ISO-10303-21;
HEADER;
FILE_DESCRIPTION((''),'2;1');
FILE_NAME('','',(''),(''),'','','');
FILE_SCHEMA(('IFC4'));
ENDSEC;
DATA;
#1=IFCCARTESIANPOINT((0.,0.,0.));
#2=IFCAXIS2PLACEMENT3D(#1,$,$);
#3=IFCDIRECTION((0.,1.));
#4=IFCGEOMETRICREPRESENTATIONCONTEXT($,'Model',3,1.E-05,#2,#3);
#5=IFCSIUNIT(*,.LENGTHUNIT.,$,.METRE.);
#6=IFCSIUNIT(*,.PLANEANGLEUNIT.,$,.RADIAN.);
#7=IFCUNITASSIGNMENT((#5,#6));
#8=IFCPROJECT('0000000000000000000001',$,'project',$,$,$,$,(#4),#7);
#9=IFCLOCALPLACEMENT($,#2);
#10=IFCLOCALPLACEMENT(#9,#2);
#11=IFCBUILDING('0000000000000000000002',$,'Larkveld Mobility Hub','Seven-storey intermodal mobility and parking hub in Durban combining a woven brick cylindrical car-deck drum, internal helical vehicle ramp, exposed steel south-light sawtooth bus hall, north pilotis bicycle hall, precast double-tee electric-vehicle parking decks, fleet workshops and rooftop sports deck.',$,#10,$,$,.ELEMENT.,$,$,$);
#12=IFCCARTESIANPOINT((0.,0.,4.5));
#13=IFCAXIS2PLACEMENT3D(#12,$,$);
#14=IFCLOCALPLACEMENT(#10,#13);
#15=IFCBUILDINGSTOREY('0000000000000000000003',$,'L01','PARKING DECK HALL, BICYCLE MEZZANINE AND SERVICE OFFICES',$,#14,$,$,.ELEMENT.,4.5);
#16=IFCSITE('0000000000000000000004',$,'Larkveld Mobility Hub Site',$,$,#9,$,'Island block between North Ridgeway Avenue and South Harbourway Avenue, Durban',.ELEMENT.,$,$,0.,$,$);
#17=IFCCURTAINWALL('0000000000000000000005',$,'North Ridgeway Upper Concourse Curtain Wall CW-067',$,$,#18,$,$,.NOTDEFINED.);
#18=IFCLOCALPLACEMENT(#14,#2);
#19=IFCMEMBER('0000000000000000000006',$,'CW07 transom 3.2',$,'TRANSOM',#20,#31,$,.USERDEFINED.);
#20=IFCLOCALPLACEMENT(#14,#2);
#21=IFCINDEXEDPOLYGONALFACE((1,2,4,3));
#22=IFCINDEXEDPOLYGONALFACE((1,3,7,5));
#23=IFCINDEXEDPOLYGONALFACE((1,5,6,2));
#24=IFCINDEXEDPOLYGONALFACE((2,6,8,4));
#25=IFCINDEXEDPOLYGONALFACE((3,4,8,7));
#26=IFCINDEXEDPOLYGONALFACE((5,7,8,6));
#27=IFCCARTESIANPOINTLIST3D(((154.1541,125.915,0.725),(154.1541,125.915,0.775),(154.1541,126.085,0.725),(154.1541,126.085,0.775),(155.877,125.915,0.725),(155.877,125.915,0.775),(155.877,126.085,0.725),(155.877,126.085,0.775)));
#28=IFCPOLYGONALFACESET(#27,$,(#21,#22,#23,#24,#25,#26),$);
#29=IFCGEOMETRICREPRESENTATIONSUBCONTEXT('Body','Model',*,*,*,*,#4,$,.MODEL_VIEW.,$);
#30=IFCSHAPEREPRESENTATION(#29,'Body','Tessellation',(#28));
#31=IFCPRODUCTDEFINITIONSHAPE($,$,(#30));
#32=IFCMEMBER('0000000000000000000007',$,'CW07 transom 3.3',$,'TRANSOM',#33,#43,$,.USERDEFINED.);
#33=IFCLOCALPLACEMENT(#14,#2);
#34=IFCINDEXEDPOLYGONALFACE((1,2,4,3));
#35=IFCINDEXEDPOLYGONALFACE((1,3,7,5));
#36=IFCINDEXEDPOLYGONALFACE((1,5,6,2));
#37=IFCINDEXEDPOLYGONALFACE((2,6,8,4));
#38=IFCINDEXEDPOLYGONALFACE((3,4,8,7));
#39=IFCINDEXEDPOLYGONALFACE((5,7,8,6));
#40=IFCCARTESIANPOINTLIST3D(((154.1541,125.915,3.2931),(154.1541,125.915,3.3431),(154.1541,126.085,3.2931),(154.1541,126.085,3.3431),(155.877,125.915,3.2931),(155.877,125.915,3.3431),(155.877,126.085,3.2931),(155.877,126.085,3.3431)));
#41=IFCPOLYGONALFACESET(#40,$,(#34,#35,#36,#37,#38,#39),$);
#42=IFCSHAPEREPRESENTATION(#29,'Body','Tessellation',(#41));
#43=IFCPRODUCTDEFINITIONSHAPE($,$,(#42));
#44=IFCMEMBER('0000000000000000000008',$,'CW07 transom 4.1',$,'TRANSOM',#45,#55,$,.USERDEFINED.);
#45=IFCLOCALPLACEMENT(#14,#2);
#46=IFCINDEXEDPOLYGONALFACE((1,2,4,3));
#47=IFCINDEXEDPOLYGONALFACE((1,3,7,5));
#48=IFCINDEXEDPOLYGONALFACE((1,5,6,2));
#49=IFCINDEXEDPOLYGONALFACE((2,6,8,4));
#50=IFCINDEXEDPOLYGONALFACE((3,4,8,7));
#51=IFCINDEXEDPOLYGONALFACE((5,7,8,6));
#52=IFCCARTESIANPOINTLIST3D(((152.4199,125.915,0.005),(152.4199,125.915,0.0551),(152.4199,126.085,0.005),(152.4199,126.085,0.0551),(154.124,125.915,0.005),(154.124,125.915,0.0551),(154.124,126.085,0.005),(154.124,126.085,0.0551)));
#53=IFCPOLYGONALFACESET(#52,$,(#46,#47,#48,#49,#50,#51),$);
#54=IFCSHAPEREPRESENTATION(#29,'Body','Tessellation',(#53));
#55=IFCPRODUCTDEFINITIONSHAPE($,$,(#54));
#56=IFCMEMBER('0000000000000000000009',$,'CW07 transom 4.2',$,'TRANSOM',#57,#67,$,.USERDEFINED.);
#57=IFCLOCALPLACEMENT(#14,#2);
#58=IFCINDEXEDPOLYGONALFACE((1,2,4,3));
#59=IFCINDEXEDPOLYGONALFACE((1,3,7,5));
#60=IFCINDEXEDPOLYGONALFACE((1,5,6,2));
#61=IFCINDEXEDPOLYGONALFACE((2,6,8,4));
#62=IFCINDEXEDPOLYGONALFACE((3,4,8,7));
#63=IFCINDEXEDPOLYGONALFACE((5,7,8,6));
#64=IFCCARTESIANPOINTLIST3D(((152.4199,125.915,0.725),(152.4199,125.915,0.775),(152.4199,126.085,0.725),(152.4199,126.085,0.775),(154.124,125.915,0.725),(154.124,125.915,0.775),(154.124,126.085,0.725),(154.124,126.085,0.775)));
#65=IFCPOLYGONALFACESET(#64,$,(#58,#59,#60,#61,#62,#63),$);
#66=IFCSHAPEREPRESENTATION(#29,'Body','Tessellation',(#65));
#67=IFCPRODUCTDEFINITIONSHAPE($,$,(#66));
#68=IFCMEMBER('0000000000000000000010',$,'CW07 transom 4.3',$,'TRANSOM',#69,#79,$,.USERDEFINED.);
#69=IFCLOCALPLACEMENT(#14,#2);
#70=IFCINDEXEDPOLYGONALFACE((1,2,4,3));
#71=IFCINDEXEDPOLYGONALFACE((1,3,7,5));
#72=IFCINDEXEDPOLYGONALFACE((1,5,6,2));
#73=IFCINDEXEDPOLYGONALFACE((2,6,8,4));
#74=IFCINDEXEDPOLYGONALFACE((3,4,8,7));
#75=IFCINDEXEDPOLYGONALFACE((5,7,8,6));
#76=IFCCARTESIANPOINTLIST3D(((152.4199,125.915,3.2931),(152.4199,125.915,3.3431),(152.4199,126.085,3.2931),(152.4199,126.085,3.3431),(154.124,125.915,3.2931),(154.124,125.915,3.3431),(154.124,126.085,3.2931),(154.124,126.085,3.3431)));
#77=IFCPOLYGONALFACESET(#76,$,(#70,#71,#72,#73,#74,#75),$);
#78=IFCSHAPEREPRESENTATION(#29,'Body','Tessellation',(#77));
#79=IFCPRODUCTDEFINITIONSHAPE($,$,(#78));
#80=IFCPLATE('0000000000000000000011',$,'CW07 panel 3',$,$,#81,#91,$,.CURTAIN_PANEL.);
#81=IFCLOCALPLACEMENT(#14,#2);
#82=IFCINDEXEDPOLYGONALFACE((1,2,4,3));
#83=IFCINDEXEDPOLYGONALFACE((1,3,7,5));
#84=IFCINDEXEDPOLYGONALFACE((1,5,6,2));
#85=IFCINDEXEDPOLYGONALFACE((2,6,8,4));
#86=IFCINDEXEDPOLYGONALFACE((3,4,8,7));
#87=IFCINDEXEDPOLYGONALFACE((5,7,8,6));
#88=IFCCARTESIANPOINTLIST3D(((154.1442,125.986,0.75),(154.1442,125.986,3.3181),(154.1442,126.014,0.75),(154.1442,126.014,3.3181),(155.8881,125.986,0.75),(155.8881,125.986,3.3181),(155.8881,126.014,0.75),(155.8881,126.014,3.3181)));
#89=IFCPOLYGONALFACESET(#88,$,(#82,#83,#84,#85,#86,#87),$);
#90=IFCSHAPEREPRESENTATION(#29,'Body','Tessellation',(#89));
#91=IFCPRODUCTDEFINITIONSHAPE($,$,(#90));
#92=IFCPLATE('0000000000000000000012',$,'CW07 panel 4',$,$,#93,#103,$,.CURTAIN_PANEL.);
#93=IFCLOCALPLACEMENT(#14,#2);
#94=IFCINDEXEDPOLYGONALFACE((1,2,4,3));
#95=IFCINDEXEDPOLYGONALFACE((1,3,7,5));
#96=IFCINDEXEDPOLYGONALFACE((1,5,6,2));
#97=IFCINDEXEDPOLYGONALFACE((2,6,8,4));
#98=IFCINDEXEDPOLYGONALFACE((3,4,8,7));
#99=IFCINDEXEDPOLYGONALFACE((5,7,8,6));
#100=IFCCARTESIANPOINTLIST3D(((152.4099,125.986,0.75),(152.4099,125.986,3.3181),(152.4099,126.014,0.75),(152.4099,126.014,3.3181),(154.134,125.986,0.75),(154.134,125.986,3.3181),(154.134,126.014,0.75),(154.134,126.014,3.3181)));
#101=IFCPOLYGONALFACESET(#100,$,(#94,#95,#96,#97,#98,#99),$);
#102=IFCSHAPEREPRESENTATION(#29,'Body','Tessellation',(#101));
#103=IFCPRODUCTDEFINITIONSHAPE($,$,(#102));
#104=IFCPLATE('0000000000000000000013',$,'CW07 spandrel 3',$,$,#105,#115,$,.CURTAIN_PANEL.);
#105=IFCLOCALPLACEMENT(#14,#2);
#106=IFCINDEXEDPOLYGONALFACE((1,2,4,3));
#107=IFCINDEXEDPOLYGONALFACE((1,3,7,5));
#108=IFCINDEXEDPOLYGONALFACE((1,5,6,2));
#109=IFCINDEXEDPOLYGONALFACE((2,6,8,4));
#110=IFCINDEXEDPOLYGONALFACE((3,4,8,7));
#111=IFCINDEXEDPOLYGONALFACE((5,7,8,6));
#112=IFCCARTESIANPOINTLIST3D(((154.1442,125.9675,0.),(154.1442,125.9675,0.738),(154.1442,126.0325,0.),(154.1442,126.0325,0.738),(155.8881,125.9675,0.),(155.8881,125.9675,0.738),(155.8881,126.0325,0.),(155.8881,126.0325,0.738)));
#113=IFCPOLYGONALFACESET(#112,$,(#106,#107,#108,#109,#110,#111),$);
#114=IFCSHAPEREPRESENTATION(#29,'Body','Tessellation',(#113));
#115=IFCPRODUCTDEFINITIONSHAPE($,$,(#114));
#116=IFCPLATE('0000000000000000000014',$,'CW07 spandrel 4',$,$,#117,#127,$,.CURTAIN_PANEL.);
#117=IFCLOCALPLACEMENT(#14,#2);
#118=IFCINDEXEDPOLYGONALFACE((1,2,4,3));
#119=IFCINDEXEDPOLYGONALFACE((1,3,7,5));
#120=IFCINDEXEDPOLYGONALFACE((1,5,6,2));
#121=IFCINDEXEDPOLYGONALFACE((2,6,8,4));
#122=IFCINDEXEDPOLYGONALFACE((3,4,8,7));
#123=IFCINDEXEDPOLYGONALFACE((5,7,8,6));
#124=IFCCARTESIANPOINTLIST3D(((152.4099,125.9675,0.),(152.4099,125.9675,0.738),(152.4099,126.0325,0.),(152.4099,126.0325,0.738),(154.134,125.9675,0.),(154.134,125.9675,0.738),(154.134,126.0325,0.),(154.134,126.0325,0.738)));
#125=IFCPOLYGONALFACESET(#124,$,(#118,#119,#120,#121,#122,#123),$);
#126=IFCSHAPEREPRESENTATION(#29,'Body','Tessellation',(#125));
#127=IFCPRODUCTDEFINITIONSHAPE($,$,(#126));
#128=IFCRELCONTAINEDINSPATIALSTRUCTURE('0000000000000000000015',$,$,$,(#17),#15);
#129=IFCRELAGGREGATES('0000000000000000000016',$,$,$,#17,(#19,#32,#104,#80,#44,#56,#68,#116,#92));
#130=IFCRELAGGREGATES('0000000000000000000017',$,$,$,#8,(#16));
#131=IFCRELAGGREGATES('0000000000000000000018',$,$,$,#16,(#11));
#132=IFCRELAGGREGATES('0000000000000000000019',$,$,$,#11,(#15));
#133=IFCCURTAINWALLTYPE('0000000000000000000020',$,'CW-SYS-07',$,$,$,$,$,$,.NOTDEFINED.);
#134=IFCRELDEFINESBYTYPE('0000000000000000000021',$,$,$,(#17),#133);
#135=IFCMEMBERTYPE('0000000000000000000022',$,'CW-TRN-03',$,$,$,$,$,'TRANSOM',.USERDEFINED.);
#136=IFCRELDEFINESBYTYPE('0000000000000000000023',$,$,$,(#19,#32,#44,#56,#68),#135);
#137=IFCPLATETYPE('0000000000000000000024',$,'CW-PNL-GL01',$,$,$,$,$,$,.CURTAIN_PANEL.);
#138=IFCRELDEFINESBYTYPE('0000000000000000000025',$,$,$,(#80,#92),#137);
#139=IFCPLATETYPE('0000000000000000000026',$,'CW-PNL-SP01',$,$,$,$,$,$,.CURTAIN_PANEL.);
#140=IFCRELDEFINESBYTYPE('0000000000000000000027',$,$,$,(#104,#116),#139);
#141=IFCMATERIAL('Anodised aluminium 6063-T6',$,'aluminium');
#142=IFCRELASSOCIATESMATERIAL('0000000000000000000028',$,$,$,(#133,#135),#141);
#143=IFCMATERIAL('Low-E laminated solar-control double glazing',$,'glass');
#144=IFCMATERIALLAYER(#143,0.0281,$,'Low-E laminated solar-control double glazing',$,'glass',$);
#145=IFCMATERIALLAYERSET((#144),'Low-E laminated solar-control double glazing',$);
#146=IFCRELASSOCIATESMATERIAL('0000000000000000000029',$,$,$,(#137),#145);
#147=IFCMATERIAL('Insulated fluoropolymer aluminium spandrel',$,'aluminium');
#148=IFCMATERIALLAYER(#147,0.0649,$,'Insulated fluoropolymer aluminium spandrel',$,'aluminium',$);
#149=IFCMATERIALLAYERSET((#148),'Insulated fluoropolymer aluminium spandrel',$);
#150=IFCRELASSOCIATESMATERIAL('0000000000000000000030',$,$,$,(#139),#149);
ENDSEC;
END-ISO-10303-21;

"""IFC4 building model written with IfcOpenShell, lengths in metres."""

from ifc_helpers import new_model, si_unit, direction, frame, origin, origin_2d, place, context, subcontext, project, spatial, rectangle, extrude, material, layer, layer_set, material_profile, profile_set, type_object, element, aggregate, save


model = new_model("IFC4")

# Units and contexts
model_context = context("Model", 3, precision=1e-05, world=origin(), true_north=direction((0.0, 1.0)))
body_context = subcontext(model_context, "Body", "Model", "MODEL_VIEW")
ifc_project = project(units=[si_unit("LENGTHUNIT", "METRE"), si_unit("PLANEANGLEUNIT", "RADIAN")], contexts=[model_context])

# Site, building, storey
site_placement = place(None, origin())
site = spatial("IfcSite", under=ifc_project, at=site_placement, Name="Larkveld Mobility Hub Site", LongName="Island block between North Ridgeway Avenue and South Harbourway Avenue, Durban", CompositionType="ELEMENT", RefElevation=0.0)
building_placement = place(site_placement, origin())
building = spatial("IfcBuilding", under=site, at=building_placement, Name="Larkveld Mobility Hub", Description="Seven-storey intermodal mobility and parking hub in Durban combining a woven brick cylindrical car-deck drum, internal helical vehicle ramp, exposed steel south-light sawtooth bus hall, north pilotis bicycle hall, precast double-tee electric-vehicle parking decks, fleet workshops and rooftop sports deck.", CompositionType="ELEMENT")
storey_placement = place(building_placement, frame((0.0, 0.0, 4.5)))
storey = spatial("IfcBuildingStorey", under=building, at=storey_placement, Name="L01", Description="PARKING DECK HALL, BICYCLE MEZZANINE AND SERVICE OFFICES", CompositionType="ELEMENT", Elevation=4.5)

# Curtain wall, members, plates
ifc_material_1 = material(Name="Anodised aluminium 6063-T6", Category="aluminium")
curtain_wall_type = type_object("IfcCurtainWallType", Name="CW-SYS-07", PredefinedType="NOTDEFINED", material=ifc_material_1)
curtain_wall_placement = place(storey_placement, origin())
curtain_wall = element("IfcCurtainWall", 1, at=curtain_wall_placement, inside=storey, type_object=curtain_wall_type, Name="North Ridgeway Upper Concourse Curtain Wall CW-067", PredefinedType="NOTDEFINED")
ifc_material_profile_1 = material_profile(ifc_material_1, rectangle(XDim=0.1699, YDim=0.05, at=origin_2d()), Name="ALU TRAN 50x170")
ifc_profile_set_1 = profile_set([ifc_material_profile_1], Name="Anodised aluminium 6063-T6")
member_type_1 = type_object("IfcMemberType", Name="CW-TRN-03", ElementType="TRANSOM", PredefinedType="USERDEFINED", material=ifc_profile_set_1)
member_1_placement = place(storey_placement, frame((155.877, 126.0, 0.75), z_axis=(-1.0, 0.0, 0.0), x_axis=(0.0, -1.0, 0.0)))
member_1 = element("IfcMember", 2, at=member_1_placement, type_object=member_type_1, Name="CW07 transom 3.2", ObjectType="TRANSOM", PredefinedType="USERDEFINED", context=body_context, shape_type="SweptSolid", body=[
    extrude(rectangle(XDim=0.1699, YDim=0.05, at=origin_2d()), origin(), (0.0, 0.0, 1.0), 1.7229),
])
member_2_placement = place(storey_placement, frame((155.877, 126.0, 3.3181), z_axis=(-1.0, 0.0, 0.0), x_axis=(0.0, -1.0, 0.0)))
member_2 = element("IfcMember", 3, at=member_2_placement, type_object=member_type_1, Name="CW07 transom 3.3", ObjectType="TRANSOM", PredefinedType="USERDEFINED", context=body_context, shape_type="SweptSolid", body=[
    extrude(rectangle(XDim=0.1699, YDim=0.05, at=origin_2d()), origin(), (0.0, 0.0, 1.0), 1.7229),
])
member_3_placement = place(storey_placement, frame((154.124, 126.0, 0.03), z_axis=(-1.0, 0.0, 0.0), x_axis=(0.0, -1.0, 0.0)))
member_3 = element("IfcMember", 4, at=member_3_placement, type_object=member_type_1, Name="CW07 transom 4.1", ObjectType="TRANSOM", PredefinedType="USERDEFINED", context=body_context, shape_type="SweptSolid", body=[
    extrude(rectangle(XDim=0.1699, YDim=0.05, at=origin_2d()), origin(), (0.0, 0.0, 1.0), 1.7041),
])
member_4_placement = place(storey_placement, frame((154.124, 126.0, 0.75), z_axis=(-1.0, 0.0, 0.0), x_axis=(0.0, -1.0, 0.0)))
member_4 = element("IfcMember", 5, at=member_4_placement, type_object=member_type_1, Name="CW07 transom 4.2", ObjectType="TRANSOM", PredefinedType="USERDEFINED", context=body_context, shape_type="SweptSolid", body=[
    extrude(rectangle(XDim=0.1699, YDim=0.05, at=origin_2d()), origin(), (0.0, 0.0, 1.0), 1.7041),
])
member_5_placement = place(storey_placement, frame((154.124, 126.0, 3.3181), z_axis=(-1.0, 0.0, 0.0), x_axis=(0.0, -1.0, 0.0)))
member_5 = element("IfcMember", 6, at=member_5_placement, type_object=member_type_1, Name="CW07 transom 4.3", ObjectType="TRANSOM", PredefinedType="USERDEFINED", context=body_context, shape_type="SweptSolid", body=[
    extrude(rectangle(XDim=0.1699, YDim=0.05, at=origin_2d()), origin(), (0.0, 0.0, 1.0), 1.7041),
])
ifc_material_2 = material(Name="Low-E laminated solar-control double glazing", Category="glass")
ifc_layer_1 = layer(ifc_material_2, 0.0281, Name="Low-E laminated solar-control double glazing", Category="glass")
ifc_layer_set_1 = layer_set([ifc_layer_1], Name="Low-E laminated solar-control double glazing")
plate_type_1 = type_object("IfcPlateType", Name="CW-PNL-GL01", PredefinedType="CURTAIN_PANEL", material=ifc_layer_set_1)
plate_1_placement = place(storey_placement, frame((155.0161, 126.0, 0.75), z_axis=(0.0, 0.0, 1.0), x_axis=(-1.0, 0.0, 0.0)))
plate_1 = element("IfcPlate", 7, at=plate_1_placement, type_object=plate_type_1, Name="CW07 panel 3", PredefinedType="CURTAIN_PANEL", context=body_context, shape_type="SweptSolid", body=[
    extrude(rectangle(XDim=1.7439, YDim=0.0281, at=origin_2d()), origin(), (0.0, 0.0, 1.0), 2.5681),
])
plate_2_placement = place(storey_placement, frame((153.272, 126.0, 0.75), z_axis=(0.0, 0.0, 1.0), x_axis=(-1.0, 0.0, 0.0)))
plate_2 = element("IfcPlate", 8, at=plate_2_placement, type_object=plate_type_1, Name="CW07 panel 4", PredefinedType="CURTAIN_PANEL", context=body_context, shape_type="SweptSolid", body=[
    extrude(rectangle(XDim=1.7241, YDim=0.0281, at=origin_2d()), origin(), (0.0, 0.0, 1.0), 2.5681),
])
ifc_material_3 = material(Name="Insulated fluoropolymer aluminium spandrel", Category="aluminium")
ifc_layer_2 = layer(ifc_material_3, 0.0649, Name="Insulated fluoropolymer aluminium spandrel", Category="aluminium")
ifc_layer_set_2 = layer_set([ifc_layer_2], Name="Insulated fluoropolymer aluminium spandrel")
plate_type_2 = type_object("IfcPlateType", Name="CW-PNL-SP01", PredefinedType="CURTAIN_PANEL", material=ifc_layer_set_2)
plate_3_placement = place(storey_placement, frame((155.0161, 126.0, 0.0), z_axis=(0.0, 0.0, 1.0), x_axis=(-1.0, 0.0, 0.0)))
plate_3 = element("IfcPlate", 9, at=plate_3_placement, type_object=plate_type_2, Name="CW07 spandrel 3", PredefinedType="CURTAIN_PANEL", context=body_context, shape_type="SweptSolid", body=[
    extrude(rectangle(XDim=1.7439, YDim=0.0649, at=origin_2d()), origin(), (0.0, 0.0, 1.0), 0.738),
])
plate_4_placement = place(storey_placement, frame((153.272, 126.0, 0.0), z_axis=(0.0, 0.0, 1.0), x_axis=(-1.0, 0.0, 0.0)))
plate_4 = element("IfcPlate", 10, at=plate_4_placement, type_object=plate_type_2, Name="CW07 spandrel 4", PredefinedType="CURTAIN_PANEL", context=body_context, shape_type="SweptSolid", body=[
    extrude(rectangle(XDim=1.7241, YDim=0.0649, at=origin_2d()), origin(), (0.0, 0.0, 1.0), 0.738),
])
aggregate(curtain_wall, [member_1, member_2, plate_3, plate_1, member_3, member_4, member_5, plate_4, plate_2])

save(model, "model.ifc")
